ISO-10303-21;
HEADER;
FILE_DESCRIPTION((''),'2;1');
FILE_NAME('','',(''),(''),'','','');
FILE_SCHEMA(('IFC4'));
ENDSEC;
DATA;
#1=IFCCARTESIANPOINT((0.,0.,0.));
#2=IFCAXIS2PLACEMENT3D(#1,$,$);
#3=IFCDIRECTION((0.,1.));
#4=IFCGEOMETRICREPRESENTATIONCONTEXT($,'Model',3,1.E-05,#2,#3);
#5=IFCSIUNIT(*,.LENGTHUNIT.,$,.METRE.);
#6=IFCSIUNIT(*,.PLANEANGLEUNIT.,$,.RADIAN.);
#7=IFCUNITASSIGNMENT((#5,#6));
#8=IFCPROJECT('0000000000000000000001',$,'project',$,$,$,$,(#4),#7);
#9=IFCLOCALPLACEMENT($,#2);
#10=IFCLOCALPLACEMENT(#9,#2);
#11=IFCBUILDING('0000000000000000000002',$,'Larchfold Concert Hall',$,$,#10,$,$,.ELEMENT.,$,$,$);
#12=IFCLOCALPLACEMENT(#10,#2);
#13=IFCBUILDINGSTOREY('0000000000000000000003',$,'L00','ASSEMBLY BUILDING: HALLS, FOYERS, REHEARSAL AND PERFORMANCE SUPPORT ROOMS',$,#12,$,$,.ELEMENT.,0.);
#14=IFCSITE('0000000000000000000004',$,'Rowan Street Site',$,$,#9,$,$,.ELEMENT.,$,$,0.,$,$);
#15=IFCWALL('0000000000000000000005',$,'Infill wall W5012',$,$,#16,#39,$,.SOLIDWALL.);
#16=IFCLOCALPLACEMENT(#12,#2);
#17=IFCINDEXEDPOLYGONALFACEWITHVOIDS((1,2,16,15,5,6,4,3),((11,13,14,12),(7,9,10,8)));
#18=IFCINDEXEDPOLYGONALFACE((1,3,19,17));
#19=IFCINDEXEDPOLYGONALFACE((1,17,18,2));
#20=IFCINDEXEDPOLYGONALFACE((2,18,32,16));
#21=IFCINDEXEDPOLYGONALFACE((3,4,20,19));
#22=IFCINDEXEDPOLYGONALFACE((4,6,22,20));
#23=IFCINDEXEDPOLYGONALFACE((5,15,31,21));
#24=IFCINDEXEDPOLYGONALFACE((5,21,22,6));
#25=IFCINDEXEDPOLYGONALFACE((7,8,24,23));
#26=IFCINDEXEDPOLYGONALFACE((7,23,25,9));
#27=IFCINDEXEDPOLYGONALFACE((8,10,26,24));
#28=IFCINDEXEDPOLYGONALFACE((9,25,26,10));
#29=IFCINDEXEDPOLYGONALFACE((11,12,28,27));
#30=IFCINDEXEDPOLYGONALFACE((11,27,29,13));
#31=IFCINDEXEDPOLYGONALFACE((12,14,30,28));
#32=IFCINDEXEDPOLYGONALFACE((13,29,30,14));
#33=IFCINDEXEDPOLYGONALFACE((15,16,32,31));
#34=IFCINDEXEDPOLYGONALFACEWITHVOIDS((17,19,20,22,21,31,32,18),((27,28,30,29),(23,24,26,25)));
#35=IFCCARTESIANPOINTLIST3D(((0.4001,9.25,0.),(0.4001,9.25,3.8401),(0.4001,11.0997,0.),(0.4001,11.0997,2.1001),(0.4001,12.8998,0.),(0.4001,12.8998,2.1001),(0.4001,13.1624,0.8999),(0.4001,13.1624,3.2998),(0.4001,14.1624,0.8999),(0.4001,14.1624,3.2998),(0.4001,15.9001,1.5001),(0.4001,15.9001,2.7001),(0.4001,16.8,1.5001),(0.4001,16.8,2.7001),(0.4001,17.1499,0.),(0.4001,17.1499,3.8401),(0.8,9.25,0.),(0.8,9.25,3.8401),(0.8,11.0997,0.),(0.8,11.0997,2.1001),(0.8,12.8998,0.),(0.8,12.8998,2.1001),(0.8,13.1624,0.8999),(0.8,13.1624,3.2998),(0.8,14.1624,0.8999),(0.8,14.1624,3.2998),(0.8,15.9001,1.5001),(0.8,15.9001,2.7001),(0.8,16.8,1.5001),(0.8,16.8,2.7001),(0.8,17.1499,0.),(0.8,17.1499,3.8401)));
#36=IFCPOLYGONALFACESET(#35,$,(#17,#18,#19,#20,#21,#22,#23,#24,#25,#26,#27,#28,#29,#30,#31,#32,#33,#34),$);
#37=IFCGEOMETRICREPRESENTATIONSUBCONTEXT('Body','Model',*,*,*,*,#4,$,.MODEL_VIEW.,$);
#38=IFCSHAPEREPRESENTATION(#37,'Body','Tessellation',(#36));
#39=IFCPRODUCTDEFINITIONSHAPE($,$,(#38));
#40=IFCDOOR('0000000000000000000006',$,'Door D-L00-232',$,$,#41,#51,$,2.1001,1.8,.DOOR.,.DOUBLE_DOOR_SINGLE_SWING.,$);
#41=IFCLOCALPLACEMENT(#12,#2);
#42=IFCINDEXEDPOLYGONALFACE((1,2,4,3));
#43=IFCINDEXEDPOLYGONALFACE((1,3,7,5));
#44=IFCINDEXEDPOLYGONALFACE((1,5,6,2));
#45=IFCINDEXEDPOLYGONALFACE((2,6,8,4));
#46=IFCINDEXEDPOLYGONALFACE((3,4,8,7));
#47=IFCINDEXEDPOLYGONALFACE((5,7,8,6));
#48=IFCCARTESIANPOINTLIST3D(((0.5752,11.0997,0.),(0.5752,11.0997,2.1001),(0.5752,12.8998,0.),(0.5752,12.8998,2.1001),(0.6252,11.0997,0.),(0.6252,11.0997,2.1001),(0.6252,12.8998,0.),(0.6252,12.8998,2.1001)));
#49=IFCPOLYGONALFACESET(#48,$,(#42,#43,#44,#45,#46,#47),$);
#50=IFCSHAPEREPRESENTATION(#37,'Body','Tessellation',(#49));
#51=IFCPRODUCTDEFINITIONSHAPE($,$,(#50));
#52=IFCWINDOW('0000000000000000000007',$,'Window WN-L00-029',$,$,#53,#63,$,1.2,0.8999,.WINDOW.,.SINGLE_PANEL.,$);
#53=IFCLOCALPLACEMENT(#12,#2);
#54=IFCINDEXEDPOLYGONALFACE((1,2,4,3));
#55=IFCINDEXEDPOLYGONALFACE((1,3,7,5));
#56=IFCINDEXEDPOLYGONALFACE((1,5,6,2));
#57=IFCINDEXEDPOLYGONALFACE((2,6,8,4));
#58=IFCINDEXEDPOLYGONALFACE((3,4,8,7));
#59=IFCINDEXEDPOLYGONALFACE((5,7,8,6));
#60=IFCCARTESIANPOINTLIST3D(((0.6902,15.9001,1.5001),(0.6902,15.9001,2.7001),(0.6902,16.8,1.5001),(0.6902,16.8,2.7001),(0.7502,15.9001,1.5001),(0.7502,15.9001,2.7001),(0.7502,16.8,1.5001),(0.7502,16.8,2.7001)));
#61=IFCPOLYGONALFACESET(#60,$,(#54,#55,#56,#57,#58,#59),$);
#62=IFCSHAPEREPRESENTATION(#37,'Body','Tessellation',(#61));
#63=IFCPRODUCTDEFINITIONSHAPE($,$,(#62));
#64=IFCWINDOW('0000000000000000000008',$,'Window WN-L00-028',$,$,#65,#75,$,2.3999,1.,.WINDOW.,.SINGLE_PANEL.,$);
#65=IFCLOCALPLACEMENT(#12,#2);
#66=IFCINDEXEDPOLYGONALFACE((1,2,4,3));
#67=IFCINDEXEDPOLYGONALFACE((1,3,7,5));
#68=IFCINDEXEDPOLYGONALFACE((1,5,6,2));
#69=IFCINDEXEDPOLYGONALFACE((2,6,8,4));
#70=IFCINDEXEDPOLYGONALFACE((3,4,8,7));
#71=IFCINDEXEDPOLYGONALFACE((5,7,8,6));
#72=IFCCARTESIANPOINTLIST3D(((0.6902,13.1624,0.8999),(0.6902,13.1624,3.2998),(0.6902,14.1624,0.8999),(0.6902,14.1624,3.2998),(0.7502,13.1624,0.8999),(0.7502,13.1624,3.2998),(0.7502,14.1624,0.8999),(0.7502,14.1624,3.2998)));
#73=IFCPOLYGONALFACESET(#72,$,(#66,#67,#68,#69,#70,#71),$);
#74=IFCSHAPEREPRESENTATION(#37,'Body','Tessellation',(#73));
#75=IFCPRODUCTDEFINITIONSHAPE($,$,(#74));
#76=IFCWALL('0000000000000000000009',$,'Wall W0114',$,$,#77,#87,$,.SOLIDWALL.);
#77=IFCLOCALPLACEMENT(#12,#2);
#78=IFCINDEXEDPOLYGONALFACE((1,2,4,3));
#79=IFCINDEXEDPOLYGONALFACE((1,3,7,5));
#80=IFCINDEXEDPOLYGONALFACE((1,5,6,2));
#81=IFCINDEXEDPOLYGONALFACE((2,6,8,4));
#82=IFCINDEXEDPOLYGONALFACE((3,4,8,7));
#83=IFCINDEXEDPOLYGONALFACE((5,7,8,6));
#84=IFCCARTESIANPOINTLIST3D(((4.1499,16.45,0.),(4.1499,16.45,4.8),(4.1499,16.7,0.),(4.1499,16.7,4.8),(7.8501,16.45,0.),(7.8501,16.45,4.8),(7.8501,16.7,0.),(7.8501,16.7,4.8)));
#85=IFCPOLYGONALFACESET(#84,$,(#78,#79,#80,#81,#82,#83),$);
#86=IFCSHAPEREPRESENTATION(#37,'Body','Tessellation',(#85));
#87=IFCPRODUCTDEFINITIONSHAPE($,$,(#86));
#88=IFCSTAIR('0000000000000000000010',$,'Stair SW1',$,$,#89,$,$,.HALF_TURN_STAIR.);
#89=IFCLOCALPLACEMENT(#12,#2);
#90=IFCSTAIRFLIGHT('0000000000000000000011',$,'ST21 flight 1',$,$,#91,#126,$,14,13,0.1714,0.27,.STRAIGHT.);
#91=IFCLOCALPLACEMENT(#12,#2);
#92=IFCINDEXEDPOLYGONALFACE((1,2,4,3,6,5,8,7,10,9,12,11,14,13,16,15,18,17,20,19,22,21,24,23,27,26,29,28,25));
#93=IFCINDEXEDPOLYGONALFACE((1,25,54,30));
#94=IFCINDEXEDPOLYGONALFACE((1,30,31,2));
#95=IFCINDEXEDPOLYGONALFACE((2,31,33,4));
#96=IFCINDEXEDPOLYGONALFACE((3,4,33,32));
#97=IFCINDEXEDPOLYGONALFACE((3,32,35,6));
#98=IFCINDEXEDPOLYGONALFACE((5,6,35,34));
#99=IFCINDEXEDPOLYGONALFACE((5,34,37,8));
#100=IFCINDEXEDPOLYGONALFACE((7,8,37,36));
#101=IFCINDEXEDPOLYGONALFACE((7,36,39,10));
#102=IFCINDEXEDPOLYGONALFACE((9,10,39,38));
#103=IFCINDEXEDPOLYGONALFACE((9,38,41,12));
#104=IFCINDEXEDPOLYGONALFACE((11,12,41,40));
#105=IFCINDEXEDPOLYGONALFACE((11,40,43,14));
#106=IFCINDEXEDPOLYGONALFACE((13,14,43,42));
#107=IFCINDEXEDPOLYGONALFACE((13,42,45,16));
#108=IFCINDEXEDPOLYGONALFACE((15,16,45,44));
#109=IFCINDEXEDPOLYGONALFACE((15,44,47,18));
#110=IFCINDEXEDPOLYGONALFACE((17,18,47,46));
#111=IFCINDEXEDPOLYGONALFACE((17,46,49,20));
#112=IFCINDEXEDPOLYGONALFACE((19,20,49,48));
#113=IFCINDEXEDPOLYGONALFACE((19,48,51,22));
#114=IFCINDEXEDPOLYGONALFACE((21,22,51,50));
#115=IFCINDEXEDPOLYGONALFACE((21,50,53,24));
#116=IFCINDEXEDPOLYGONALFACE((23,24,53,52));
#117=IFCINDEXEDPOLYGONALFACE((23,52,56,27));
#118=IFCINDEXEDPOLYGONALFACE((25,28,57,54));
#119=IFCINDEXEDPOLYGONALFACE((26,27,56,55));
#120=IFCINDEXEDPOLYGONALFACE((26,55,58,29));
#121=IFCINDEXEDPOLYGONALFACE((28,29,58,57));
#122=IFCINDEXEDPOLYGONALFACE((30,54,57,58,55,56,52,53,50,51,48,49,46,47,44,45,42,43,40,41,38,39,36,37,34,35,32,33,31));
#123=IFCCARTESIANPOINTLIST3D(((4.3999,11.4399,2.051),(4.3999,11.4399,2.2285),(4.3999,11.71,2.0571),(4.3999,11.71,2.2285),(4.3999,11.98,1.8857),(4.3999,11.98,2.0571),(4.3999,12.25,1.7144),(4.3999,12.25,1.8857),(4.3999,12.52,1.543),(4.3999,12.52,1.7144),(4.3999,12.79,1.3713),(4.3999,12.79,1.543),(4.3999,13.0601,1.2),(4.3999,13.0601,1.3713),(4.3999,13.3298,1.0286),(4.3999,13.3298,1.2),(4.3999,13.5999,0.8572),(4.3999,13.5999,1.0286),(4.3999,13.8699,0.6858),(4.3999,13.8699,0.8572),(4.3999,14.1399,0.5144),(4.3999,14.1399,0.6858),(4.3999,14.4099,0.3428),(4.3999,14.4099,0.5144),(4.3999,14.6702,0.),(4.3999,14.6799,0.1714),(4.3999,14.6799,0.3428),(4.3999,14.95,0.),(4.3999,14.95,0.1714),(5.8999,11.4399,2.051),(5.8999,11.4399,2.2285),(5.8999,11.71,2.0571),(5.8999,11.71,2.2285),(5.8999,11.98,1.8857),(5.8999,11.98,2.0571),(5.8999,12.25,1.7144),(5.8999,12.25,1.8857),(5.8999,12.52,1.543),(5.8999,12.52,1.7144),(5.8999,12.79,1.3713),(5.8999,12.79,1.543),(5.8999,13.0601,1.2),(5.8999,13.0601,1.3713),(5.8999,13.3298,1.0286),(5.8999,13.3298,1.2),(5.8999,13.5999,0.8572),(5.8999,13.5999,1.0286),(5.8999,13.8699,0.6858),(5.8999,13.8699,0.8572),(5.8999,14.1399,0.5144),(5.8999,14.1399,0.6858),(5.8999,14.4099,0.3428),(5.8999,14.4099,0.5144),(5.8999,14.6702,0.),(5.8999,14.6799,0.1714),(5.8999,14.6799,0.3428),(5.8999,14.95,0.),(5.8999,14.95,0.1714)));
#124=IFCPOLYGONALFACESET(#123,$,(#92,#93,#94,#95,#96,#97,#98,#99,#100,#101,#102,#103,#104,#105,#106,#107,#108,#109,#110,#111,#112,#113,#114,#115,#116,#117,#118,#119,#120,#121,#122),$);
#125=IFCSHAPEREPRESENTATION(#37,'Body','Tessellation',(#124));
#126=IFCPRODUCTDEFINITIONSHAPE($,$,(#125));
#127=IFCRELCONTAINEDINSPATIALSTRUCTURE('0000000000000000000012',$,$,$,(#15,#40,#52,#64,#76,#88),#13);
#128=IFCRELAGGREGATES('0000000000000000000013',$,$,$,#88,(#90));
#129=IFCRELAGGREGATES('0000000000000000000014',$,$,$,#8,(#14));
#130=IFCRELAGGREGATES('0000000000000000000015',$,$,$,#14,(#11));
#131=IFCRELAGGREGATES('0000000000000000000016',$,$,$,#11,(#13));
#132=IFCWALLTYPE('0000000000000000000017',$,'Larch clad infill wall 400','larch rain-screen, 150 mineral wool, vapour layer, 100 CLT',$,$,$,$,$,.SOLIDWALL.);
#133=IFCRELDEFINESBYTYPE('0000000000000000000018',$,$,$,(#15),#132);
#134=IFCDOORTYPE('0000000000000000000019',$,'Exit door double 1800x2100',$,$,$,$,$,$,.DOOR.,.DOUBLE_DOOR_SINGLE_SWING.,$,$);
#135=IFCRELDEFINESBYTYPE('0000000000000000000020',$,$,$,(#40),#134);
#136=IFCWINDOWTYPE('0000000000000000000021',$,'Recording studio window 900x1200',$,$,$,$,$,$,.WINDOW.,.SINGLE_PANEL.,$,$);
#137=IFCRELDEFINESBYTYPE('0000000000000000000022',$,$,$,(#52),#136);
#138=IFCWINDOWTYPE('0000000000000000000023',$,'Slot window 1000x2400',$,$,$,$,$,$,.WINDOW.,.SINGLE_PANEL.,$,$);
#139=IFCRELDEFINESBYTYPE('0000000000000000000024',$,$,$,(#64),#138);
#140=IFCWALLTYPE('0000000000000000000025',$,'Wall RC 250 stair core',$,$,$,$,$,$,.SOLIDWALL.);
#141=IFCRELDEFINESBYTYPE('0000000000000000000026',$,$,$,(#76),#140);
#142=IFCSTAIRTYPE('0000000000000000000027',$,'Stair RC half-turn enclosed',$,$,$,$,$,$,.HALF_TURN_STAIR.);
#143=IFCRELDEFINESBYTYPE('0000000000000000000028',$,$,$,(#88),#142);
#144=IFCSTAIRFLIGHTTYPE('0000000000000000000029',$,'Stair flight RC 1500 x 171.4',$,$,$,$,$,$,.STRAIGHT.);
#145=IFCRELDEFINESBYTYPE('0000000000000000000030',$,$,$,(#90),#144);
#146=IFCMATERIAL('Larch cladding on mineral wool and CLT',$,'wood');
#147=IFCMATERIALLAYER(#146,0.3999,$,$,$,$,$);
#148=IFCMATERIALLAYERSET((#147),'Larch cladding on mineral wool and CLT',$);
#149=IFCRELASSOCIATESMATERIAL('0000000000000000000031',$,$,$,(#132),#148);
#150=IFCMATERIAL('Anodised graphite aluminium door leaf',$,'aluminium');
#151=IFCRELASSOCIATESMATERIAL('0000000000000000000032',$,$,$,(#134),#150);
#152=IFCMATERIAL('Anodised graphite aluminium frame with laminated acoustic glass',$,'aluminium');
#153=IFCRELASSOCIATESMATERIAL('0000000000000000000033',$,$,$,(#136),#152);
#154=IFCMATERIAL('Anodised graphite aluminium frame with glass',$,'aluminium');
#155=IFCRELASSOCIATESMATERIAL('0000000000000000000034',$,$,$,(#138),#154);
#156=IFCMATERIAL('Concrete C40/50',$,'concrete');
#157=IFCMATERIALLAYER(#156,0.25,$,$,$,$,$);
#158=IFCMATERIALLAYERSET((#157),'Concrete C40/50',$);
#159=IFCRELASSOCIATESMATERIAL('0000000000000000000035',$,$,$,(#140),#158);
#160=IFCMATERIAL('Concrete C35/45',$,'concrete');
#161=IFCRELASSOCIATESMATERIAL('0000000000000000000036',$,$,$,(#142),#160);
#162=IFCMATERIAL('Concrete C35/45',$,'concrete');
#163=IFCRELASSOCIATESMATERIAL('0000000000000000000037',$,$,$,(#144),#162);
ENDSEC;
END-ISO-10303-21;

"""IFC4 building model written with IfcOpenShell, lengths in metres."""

from ifc_helpers import new_model, si_unit, direction, frame, frame_2d, origin, place, context, subcontext, project, spatial, polyline, rectangle, outline, extrude, material, layer, layer_set, type_object, element, fill, aggregate, save


model = new_model("IFC4")

# Units and contexts
model_context = context("Model", 3, precision=1e-05, world=origin(), true_north=direction((0.0, 1.0)))
body_context = subcontext(model_context, "Body", "Model", "MODEL_VIEW")
ifc_project = project(units=[si_unit("LENGTHUNIT", "METRE"), si_unit("PLANEANGLEUNIT", "RADIAN")], contexts=[model_context])

# Site, building, storey
site_placement = place(None, origin())
site = spatial("IfcSite", under=ifc_project, at=site_placement, Name="Rowan Street Site", CompositionType="ELEMENT", RefElevation=0.0)
building_placement = place(site_placement, origin())
building = spatial("IfcBuilding", under=site, at=building_placement, Name="Larchfold Concert Hall", CompositionType="ELEMENT")
storey_placement = place(building_placement, origin())
storey = spatial("IfcBuildingStorey", under=building, at=storey_placement, Name="L00", Description="ASSEMBLY BUILDING: HALLS, FOYERS, REHEARSAL AND PERFORMANCE SUPPORT ROOMS", CompositionType="ELEMENT", Elevation=0.0)

# Wall, openings, door, windows
ifc_material_1 = material(Name="Larch cladding on mineral wool and CLT", Category="wood")
ifc_layer_1 = layer(ifc_material_1, 0.3999)
ifc_layer_set_1 = layer_set([ifc_layer_1], Name="Larch cladding on mineral wool and CLT")
wall_type_1 = type_object("IfcWallType", Name="Larch clad infill wall 400", Description="larch rain-screen, 150 mineral wool, vapour layer, 100 CLT", PredefinedType="SOLIDWALL", material=ifc_layer_set_1)
wall_1_placement = place(storey_placement, frame((0.6001, 17.1499, 0.0), z_axis=(0.0, 0.0, 1.0), x_axis=(0.0, -1.0, 0.0)))
wall_1 = element("IfcWall", 1, at=wall_1_placement, inside=storey, type_object=wall_type_1, Name="Infill wall W5012", PredefinedType="SOLIDWALL", context=body_context, shape_type="SweptSolid", body=[
    extrude(rectangle(XDim=7.8999, YDim=0.3999, at=frame_2d((3.95, 0.0))), origin(), (0.0, 0.0, 1.0), 3.8401),
])
opening_1_placement = place(wall_1_placement, frame((6.05, 0.0, 0.0), z_axis=(0.0, 0.0, 1.0), x_axis=(-1.0, 0.0, 0.0)))
opening_1 = element("IfcOpeningElement", 2, at=opening_1_placement, cuts=wall_1, PredefinedType="OPENING", context=body_context, shape_type="SweptSolid", body=[
    extrude(rectangle(XDim=1.8, YDim=2.1001, at=frame_2d((0.8999, 1.05))), frame((0.0, 0.21, 0.0), z_axis=(0.0, -1.0, 0.0), x_axis=(1.0, 0.0, 0.0)), (0.0, 0.0, 1.0), 0.4199),
])
opening_2_placement = place(wall_1_placement, frame((2.9875, 0.0, 0.8999)))
opening_2 = element("IfcOpeningElement", 3, at=opening_2_placement, cuts=wall_1, PredefinedType="OPENING", context=body_context, shape_type="SweptSolid", body=[
    extrude(rectangle(XDim=1.0, YDim=2.3999, at=frame_2d((0.5, 1.2))), frame((0.0, 0.21, 0.0), z_axis=(0.0, -1.0, 0.0), x_axis=(1.0, 0.0, 0.0)), (0.0, 0.0, 1.0), 0.4199),
])
opening_3_placement = place(wall_1_placement, frame((0.3499, 0.0, 1.5)))
opening_3 = element("IfcOpeningElement", 4, at=opening_3_placement, cuts=wall_1, PredefinedType="OPENING", context=body_context, shape_type="SweptSolid", body=[
    extrude(rectangle(XDim=0.8999, YDim=1.2, at=frame_2d((0.45, 0.6001))), frame((0.0, 0.21, 0.0), z_axis=(0.0, -1.0, 0.0), x_axis=(1.0, 0.0, 0.0)), (0.0, 0.0, 1.0), 0.4199),
])
ifc_material_2 = material(Name="Anodised graphite aluminium door leaf", Category="aluminium")
door_type = type_object("IfcDoorType", Name="Exit door double 1800x2100", OperationType="DOUBLE_DOOR_SINGLE_SWING", PredefinedType="DOOR", material=ifc_material_2)
door_placement = place(opening_1_placement, origin())
door = element("IfcDoor", 5, at=door_placement, inside=storey, type_object=door_type, Name="Door D-L00-232", OperationType="DOUBLE_DOOR_SINGLE_SWING", OverallHeight=2.1001, OverallWidth=1.8, PredefinedType="DOOR", context=body_context, shape_type="SweptSolid", body=[
    extrude(rectangle(XDim=1.8, YDim=2.1001, at=frame_2d((0.8999, 1.05))), frame((0.0, 0.0249, 0.0), z_axis=(0.0, -1.0, 0.0), x_axis=(1.0, 0.0, 0.0)), (0.0, 0.0, 1.0), 0.05),
])
fill(opening_1, door)
ifc_material_3 = material(Name="Anodised graphite aluminium frame with laminated acoustic glass", Category="aluminium")
window_type_1 = type_object("IfcWindowType", Name="Recording studio window 900x1200", PartitioningType="SINGLE_PANEL", PredefinedType="WINDOW", material=ifc_material_3)
window_1_placement = place(opening_3_placement, origin())
window_1 = element("IfcWindow", 6, at=window_1_placement, inside=storey, type_object=window_type_1, Name="Window WN-L00-029", OverallHeight=1.2, OverallWidth=0.8999, PartitioningType="SINGLE_PANEL", PredefinedType="WINDOW", context=body_context, shape_type="SweptSolid", body=[
    extrude(rectangle(XDim=0.8999, YDim=1.2, at=frame_2d((0.45, 0.6001))), frame((0.0, 0.1501, 0.0), z_axis=(0.0, -1.0, 0.0), x_axis=(1.0, 0.0, 0.0)), (0.0, 0.0, 1.0), 0.0601),
])
fill(opening_3, window_1)
ifc_material_4 = material(Name="Anodised graphite aluminium frame with glass", Category="aluminium")
window_type_2 = type_object("IfcWindowType", Name="Slot window 1000x2400", PartitioningType="SINGLE_PANEL", PredefinedType="WINDOW", material=ifc_material_4)
window_2_placement = place(opening_2_placement, origin())
window_2 = element("IfcWindow", 7, at=window_2_placement, inside=storey, type_object=window_type_2, Name="Window WN-L00-028", OverallHeight=2.3999, OverallWidth=1.0, PartitioningType="SINGLE_PANEL", PredefinedType="WINDOW", context=body_context, shape_type="SweptSolid", body=[
    extrude(rectangle(XDim=1.0, YDim=2.3999, at=frame_2d((0.5, 1.2))), frame((0.0, 0.1501, 0.0), z_axis=(0.0, -1.0, 0.0), x_axis=(1.0, 0.0, 0.0)), (0.0, 0.0, 1.0), 0.0601),
])
fill(opening_2, window_2)

# Wall
ifc_material_5 = material(Name="Concrete C40/50", Category="concrete")
ifc_layer_2 = layer(ifc_material_5, 0.25)
ifc_layer_set_2 = layer_set([ifc_layer_2], Name="Concrete C40/50")
wall_type_2 = type_object("IfcWallType", Name="Wall RC 250 stair core", PredefinedType="SOLIDWALL", material=ifc_layer_set_2)
wall_2_placement = place(storey_placement, frame((4.1499, 16.575, 0.0), z_axis=(0.0, 0.0, 1.0), x_axis=(1.0, 0.0, 0.0)))
element("IfcWall", 8, at=wall_2_placement, inside=storey, type_object=wall_type_2, Name="Wall W0114", PredefinedType="SOLIDWALL", context=body_context, shape_type="SweptSolid", body=[
    extrude(rectangle(XDim=3.7002, YDim=0.25, at=frame_2d((1.8501, 0.0))), origin(), (0.0, 0.0, 1.0), 4.8),
])

# Stair, stair flight
ifc_material_6 = material(Name="Concrete C35/45", Category="concrete")
stair_type = type_object("IfcStairType", Name="Stair RC half-turn enclosed", PredefinedType="HALF_TURN_STAIR", material=ifc_material_6)
stair_placement = place(storey_placement, origin())
stair = element("IfcStair", 9, at=stair_placement, inside=storey, type_object=stair_type, Name="Stair SW1", PredefinedType="HALF_TURN_STAIR")
ifc_material_7 = material(Name="Concrete C35/45", Category="concrete")
stair_flight_type = type_object("IfcStairFlightType", Name="Stair flight RC 1500 x 171.4", PredefinedType="STRAIGHT", material=ifc_material_7)
stair_flight_placement = place(storey_placement, frame((5.1499, 14.95, 0.0), z_axis=(0.0, 0.0, 1.0), x_axis=(0.0, -1.0, 0.0)))
stair_flight = element("IfcStairFlight", 10, at=stair_flight_placement, type_object=stair_flight_type, Name="ST21 flight 1", NumberOfRisers=14, NumberOfTreads=13, PredefinedType="STRAIGHT", RiserHeight=0.1714, TreadLength=0.27, context=body_context, shape_type="SweptSolid", body=[
    extrude(outline(polyline([(0.0, 0.0), (0.0, 0.1714), (0.27, 0.1714), (0.27, 0.3428), (0.54, 0.3428), (0.54, 0.5144), (0.8101, 0.5144), (0.8101, 0.6858), (1.0801, 0.6858), (1.0801, 0.8572), (1.3501, 0.8572), (1.3501, 1.0286), (1.6201, 1.0286), (1.6201, 1.2), (1.8899, 1.2), (1.8899, 1.3713), (2.1599, 1.3713), (2.1599, 1.543), (2.4299, 1.543), (2.4299, 1.7144), (2.7, 1.7144), (2.7, 1.8857), (2.97, 1.8857), (2.97, 2.0571), (3.24, 2.0571), (3.24, 2.2285), (3.51, 2.2285), (3.51, 2.3999), (3.51, 2.051), (0.2798, 0.0), (0.0, 0.0)])), frame((0.0, 0.75, 0.0), z_axis=(0.0, -1.0, 0.0), x_axis=(1.0, 0.0, 0.0)), (0.0, 0.0, 1.0), 1.5),
])
aggregate(stair, [stair_flight])

save(model, "model.ifc")
